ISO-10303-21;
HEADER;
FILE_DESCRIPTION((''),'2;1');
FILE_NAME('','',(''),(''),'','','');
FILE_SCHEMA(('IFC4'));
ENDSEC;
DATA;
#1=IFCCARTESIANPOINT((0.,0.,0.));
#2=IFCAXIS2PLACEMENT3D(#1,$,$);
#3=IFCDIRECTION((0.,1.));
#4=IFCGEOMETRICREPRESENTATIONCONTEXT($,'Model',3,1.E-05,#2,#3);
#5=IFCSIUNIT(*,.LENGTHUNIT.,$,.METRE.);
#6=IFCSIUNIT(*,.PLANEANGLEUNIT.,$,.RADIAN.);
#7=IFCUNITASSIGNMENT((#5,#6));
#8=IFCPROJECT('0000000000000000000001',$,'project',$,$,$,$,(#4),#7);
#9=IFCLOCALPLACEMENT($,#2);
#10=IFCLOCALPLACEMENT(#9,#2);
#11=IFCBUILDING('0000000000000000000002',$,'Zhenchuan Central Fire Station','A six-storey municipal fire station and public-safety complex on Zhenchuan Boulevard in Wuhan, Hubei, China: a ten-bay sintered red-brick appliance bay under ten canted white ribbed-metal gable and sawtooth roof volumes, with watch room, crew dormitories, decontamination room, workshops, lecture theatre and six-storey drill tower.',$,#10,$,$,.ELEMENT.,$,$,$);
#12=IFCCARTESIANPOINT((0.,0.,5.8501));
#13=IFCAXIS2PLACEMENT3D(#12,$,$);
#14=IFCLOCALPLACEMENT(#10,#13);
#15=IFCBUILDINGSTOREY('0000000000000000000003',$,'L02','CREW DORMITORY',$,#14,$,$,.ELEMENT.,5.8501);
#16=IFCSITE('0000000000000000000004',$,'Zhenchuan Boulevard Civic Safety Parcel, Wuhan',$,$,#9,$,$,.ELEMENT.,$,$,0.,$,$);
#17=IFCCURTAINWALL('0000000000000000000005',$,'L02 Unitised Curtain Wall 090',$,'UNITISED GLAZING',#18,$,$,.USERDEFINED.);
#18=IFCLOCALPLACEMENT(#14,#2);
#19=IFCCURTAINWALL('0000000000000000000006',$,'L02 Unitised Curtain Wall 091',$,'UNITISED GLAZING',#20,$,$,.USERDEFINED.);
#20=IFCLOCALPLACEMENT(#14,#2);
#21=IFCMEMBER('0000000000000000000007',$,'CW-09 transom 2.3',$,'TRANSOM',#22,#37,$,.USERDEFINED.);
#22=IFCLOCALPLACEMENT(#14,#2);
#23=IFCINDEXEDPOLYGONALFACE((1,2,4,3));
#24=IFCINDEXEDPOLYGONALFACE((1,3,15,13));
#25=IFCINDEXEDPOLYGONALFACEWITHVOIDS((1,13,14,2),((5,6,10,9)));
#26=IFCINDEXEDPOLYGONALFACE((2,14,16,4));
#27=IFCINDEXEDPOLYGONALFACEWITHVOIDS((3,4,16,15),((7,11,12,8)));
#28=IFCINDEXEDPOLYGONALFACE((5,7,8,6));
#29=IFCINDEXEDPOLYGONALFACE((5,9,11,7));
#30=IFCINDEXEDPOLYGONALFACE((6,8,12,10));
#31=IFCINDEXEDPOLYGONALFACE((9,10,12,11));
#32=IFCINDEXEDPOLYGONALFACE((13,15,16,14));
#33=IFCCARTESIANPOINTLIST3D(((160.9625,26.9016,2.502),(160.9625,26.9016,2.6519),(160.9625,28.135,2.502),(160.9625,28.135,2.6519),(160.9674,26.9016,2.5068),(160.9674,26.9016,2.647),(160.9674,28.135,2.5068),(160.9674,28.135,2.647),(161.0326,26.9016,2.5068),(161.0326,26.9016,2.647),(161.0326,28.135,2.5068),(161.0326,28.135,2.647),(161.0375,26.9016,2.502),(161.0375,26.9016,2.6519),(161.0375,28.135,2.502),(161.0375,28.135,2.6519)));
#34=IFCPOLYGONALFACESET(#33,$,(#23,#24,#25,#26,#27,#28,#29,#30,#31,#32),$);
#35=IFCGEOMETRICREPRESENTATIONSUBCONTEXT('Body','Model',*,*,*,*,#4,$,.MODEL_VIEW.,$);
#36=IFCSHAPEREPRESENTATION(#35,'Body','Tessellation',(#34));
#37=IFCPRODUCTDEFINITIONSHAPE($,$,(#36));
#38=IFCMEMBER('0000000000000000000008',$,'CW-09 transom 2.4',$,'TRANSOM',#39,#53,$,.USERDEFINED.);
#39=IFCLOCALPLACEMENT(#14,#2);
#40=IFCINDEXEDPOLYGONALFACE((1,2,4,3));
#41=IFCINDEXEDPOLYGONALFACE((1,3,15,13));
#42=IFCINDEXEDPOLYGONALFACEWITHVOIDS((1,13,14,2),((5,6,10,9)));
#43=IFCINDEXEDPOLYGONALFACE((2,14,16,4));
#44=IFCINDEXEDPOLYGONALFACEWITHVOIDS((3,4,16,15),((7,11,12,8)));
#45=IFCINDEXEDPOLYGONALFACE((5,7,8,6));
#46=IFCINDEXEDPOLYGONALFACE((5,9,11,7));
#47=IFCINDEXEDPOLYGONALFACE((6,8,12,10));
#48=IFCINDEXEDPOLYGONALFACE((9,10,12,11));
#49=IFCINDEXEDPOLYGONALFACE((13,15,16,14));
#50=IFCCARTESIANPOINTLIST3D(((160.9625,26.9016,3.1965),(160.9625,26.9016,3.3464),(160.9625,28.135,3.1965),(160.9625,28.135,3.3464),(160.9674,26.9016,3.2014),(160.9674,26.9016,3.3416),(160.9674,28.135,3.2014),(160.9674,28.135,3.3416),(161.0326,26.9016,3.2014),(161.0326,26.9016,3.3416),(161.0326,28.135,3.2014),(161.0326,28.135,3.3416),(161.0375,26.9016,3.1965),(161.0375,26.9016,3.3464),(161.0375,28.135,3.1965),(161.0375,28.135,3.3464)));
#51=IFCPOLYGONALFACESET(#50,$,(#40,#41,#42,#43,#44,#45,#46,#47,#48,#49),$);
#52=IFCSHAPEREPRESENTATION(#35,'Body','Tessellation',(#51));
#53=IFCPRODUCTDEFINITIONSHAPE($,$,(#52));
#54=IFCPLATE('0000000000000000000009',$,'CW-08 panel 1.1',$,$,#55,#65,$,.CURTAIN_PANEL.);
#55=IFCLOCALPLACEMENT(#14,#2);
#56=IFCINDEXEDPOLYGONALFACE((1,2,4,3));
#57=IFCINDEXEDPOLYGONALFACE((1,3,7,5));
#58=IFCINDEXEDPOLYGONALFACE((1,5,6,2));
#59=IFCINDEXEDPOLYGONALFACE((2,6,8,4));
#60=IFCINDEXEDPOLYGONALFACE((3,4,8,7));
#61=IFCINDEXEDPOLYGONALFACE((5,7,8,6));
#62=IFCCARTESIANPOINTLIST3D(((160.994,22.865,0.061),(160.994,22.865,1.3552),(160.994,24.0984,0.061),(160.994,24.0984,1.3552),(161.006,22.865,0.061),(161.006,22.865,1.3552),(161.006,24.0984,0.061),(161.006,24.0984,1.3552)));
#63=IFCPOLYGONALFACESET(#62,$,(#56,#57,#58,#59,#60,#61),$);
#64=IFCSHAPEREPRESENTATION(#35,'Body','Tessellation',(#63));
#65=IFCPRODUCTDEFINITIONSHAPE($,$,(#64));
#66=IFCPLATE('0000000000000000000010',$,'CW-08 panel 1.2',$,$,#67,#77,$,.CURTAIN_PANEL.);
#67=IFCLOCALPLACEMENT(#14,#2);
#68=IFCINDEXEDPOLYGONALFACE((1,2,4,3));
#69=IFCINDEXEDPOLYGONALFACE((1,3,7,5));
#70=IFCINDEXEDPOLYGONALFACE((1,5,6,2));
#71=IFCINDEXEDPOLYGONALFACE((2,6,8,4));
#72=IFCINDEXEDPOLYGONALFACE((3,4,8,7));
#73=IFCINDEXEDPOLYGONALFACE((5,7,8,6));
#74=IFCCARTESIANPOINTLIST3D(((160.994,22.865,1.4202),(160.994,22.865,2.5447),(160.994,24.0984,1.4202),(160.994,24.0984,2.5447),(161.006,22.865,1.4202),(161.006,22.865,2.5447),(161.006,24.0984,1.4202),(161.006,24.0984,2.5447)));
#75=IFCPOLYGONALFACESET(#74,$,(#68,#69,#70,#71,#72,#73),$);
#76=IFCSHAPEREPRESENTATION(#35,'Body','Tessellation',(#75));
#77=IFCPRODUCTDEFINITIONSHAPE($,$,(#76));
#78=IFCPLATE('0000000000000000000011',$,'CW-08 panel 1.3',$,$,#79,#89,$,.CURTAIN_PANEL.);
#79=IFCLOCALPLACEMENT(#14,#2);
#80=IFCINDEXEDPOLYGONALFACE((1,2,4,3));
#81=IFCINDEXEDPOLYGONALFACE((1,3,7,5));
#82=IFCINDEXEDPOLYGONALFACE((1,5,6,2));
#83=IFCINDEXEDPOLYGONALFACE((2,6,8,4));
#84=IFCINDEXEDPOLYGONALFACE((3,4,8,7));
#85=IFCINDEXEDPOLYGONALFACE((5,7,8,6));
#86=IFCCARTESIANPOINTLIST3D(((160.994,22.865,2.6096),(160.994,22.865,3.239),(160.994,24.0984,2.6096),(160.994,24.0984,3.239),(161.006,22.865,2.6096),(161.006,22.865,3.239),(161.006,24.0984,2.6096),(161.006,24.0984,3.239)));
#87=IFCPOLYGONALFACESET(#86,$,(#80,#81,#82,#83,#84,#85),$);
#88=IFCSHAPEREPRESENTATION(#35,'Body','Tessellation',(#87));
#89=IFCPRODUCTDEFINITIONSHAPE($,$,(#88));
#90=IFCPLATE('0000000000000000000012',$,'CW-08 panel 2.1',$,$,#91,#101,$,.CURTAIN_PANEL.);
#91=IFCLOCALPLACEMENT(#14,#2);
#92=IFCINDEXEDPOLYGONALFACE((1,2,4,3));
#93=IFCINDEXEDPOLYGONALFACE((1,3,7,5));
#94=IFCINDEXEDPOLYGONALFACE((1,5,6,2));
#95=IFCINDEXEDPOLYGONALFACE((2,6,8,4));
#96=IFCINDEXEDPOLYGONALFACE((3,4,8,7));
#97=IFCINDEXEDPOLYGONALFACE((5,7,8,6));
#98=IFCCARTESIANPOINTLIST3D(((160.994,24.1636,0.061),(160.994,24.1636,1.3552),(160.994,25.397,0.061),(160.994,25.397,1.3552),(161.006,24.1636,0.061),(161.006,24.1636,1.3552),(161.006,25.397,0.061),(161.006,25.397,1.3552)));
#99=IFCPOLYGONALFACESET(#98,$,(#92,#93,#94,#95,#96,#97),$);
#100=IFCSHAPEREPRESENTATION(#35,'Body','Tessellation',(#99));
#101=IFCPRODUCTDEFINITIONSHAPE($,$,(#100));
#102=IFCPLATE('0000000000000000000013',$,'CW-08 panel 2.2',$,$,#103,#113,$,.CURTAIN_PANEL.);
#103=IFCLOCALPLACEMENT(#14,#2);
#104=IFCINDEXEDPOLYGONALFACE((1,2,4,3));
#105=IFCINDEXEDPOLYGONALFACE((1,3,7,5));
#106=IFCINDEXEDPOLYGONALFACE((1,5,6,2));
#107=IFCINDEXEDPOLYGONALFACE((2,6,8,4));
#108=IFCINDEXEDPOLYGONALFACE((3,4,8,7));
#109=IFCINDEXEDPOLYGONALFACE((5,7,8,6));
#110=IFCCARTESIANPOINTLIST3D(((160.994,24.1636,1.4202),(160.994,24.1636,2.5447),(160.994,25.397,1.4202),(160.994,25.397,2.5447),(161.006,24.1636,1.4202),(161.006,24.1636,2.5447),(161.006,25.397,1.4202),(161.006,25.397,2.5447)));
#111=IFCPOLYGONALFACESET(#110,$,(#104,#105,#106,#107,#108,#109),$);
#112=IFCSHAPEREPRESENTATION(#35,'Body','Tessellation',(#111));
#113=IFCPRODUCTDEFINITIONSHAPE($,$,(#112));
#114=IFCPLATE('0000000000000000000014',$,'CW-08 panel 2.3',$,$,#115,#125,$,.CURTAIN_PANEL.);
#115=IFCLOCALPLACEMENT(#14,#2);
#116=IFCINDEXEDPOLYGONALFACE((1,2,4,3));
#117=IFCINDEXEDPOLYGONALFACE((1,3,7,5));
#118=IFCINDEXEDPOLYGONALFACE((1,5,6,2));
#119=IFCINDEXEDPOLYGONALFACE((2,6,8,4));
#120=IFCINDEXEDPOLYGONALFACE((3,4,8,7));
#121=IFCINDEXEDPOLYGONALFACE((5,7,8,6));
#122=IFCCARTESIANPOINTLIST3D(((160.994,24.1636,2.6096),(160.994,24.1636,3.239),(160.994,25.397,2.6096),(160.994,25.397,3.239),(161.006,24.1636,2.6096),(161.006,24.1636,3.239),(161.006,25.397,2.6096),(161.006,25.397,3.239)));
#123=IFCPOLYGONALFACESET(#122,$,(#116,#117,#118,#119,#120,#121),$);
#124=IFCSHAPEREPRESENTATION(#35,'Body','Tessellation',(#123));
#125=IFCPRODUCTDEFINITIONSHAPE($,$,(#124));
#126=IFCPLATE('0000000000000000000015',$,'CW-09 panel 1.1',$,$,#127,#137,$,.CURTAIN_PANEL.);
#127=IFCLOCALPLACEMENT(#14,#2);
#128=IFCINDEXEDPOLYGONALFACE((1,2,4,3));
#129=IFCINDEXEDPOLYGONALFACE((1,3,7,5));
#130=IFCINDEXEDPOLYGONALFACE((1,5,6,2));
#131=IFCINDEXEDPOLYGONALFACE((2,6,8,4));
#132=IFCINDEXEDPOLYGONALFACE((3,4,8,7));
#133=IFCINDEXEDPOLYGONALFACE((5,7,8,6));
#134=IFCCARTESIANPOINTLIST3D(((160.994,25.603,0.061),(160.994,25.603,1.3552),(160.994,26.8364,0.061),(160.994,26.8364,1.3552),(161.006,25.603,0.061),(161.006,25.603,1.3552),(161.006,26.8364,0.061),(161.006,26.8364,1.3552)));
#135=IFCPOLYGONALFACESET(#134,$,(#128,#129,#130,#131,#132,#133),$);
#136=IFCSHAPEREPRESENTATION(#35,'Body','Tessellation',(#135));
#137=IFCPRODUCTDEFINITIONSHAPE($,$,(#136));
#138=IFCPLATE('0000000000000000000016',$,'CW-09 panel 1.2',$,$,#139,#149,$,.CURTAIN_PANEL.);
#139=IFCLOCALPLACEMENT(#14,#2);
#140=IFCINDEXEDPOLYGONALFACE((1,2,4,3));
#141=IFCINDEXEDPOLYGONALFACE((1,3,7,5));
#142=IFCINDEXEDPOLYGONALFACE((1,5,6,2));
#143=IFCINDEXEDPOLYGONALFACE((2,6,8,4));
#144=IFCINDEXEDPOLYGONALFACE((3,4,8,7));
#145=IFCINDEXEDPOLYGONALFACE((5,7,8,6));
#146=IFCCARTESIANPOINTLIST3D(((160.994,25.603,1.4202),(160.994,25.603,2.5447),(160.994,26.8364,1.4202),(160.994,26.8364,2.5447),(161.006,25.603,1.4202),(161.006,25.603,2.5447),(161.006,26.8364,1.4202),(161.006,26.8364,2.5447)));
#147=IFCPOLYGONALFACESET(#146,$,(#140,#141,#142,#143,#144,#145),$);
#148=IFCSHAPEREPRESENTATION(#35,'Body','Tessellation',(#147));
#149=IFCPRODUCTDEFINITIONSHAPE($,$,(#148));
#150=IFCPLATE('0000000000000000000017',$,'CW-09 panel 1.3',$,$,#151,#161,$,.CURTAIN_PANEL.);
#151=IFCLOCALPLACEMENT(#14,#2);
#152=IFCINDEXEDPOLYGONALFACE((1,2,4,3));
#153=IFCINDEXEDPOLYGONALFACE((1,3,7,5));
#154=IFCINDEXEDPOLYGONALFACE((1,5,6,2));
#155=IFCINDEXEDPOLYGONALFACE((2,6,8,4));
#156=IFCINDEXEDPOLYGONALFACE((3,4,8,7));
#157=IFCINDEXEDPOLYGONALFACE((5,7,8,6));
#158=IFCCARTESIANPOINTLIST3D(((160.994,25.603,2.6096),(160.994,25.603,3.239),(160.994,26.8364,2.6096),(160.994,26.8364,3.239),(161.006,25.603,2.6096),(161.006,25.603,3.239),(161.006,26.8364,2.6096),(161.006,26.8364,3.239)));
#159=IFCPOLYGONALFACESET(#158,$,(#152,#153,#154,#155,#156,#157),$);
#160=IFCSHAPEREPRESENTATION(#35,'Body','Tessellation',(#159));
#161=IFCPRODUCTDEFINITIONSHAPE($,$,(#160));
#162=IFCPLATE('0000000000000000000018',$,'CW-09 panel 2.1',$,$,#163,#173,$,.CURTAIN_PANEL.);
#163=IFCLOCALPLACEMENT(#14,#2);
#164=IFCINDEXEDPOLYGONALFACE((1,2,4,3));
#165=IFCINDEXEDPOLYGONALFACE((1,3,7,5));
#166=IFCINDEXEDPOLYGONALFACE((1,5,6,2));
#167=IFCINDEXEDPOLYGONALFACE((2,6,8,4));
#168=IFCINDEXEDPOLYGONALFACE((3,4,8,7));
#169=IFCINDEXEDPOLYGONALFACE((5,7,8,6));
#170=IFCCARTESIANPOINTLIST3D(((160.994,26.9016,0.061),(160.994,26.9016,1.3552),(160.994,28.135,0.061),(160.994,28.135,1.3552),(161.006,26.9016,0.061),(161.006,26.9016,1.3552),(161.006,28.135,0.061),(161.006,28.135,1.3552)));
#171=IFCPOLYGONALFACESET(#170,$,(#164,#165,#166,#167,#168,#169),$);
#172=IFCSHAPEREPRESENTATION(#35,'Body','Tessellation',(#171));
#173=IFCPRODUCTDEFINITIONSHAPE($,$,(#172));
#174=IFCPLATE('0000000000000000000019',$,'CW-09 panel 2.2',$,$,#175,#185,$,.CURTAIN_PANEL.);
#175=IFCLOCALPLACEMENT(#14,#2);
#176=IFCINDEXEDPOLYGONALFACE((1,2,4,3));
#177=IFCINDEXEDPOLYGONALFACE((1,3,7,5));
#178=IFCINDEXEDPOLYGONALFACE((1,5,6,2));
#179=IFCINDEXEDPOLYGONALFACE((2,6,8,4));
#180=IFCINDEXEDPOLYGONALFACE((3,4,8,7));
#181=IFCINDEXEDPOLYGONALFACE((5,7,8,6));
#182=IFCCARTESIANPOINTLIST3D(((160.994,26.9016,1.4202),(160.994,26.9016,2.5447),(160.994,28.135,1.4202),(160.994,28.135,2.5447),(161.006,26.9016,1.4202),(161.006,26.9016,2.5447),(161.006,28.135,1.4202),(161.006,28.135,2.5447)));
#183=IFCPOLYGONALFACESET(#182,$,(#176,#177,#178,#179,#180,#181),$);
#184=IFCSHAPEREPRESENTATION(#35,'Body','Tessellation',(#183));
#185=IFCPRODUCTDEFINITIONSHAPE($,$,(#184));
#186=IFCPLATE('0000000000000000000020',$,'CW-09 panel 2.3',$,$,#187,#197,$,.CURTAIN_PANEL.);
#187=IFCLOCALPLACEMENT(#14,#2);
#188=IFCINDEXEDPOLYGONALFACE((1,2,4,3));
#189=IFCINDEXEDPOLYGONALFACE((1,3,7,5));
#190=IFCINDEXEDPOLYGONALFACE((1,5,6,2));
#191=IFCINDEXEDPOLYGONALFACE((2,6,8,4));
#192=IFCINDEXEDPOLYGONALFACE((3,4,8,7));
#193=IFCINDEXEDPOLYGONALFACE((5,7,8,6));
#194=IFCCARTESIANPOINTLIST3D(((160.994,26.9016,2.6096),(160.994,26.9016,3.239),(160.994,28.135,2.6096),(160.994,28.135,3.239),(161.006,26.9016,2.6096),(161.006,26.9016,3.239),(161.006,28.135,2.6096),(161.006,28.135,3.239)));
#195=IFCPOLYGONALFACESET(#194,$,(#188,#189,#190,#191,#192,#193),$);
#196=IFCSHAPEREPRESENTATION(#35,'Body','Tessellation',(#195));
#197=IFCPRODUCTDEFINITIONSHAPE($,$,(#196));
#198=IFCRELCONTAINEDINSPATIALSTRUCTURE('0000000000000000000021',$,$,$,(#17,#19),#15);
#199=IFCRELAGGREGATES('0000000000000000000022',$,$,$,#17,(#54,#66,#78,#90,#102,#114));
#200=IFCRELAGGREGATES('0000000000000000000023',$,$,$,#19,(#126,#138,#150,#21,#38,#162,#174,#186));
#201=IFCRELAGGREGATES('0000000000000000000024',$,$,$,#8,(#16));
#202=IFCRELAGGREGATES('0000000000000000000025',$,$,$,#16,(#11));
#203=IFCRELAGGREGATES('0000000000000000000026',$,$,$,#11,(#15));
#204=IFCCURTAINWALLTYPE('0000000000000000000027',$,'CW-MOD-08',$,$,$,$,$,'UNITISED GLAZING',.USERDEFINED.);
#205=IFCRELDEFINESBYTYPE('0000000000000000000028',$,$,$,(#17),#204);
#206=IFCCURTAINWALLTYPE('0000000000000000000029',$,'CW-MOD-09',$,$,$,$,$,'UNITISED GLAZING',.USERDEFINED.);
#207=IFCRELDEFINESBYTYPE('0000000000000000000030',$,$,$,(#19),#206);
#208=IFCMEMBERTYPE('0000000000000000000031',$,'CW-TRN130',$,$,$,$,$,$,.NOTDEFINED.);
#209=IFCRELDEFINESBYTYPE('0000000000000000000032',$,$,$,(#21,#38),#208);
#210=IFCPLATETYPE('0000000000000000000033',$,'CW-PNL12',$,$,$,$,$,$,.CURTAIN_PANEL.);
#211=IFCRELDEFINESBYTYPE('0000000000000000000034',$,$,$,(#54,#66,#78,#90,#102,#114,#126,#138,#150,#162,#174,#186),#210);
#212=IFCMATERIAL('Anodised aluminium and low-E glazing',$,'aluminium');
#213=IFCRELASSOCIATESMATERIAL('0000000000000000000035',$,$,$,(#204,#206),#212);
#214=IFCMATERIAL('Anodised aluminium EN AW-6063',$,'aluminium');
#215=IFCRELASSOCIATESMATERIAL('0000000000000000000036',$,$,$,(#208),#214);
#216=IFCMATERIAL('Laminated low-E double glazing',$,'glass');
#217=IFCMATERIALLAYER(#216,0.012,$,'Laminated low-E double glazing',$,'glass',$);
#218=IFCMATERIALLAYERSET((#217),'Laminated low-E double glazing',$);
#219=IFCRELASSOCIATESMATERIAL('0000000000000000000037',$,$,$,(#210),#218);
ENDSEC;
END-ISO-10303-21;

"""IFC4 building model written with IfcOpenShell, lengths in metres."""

from ifc_helpers import new_model, si_unit, direction, frame, origin, origin_2d, place, context, subcontext, project, spatial, rectangle, hollow_rectangle, extrude, material, layer, layer_set, material_profile, profile_set, type_object, element, aggregate, save


model = new_model("IFC4")

# Units and contexts
model_context = context("Model", 3, precision=1e-05, world=origin(), true_north=direction((0.0, 1.0)))
body_context = subcontext(model_context, "Body", "Model", "MODEL_VIEW")
ifc_project = project(units=[si_unit("LENGTHUNIT", "METRE"), si_unit("PLANEANGLEUNIT", "RADIAN")], contexts=[model_context])

# Site, building, storey
site_placement = place(None, origin())
site = spatial("IfcSite", under=ifc_project, at=site_placement, Name="Zhenchuan Boulevard Civic Safety Parcel, Wuhan", CompositionType="ELEMENT", RefElevation=0.0)
building_placement = place(site_placement, origin())
building = spatial("IfcBuilding", under=site, at=building_placement, Name="Zhenchuan Central Fire Station", Description="A six-storey municipal fire station and public-safety complex on Zhenchuan Boulevard in Wuhan, Hubei, China: a ten-bay sintered red-brick appliance bay under ten canted white ribbed-metal gable and sawtooth roof volumes, with watch room, crew dormitories, decontamination room, workshops, lecture theatre and six-storey drill tower.", CompositionType="ELEMENT")
storey_placement = place(building_placement, frame((0.0, 0.0, 5.8501)))
storey = spatial("IfcBuildingStorey", under=building, at=storey_placement, Name="L02", Description="CREW DORMITORY", CompositionType="ELEMENT", Elevation=5.8501)

# Curtain walls
ifc_material_1 = material(Name="Anodised aluminium and low-E glazing", Category="aluminium")
curtain_wall_type_1 = type_object("IfcCurtainWallType", Name="CW-MOD-08", ElementType="UNITISED GLAZING", PredefinedType="USERDEFINED", material=ifc_material_1)
curtain_wall_1_placement = place(storey_placement, origin())
curtain_wall_1 = element("IfcCurtainWall", 1, at=curtain_wall_1_placement, inside=storey, type_object=curtain_wall_type_1, Name="L02 Unitised Curtain Wall 090", ObjectType="UNITISED GLAZING", PredefinedType="USERDEFINED")
ifc_material_2 = material(Name="Anodised aluminium EN AW-6063", Category="aluminium")
curtain_wall_type_2 = type_object("IfcCurtainWallType", Name="CW-MOD-09", ElementType="UNITISED GLAZING", PredefinedType="USERDEFINED", material=ifc_material_1)
curtain_wall_2_placement = place(storey_placement, origin())
curtain_wall_2 = element("IfcCurtainWall", 2, at=curtain_wall_2_placement, inside=storey, type_object=curtain_wall_type_2, Name="L02 Unitised Curtain Wall 091", ObjectType="UNITISED GLAZING", PredefinedType="USERDEFINED")

# Members
ifc_material_profile_1 = material_profile(ifc_material_2, hollow_rectangle(XDim=0.075, YDim=0.1499, WallThickness=0.0049, at=origin_2d()), Name="ALU-T 150x75")
ifc_profile_set_1 = profile_set([ifc_material_profile_1], Name="Anodised aluminium EN AW-6063")
member_type_1 = type_object("IfcMemberType", Name="CW-TRN130", PredefinedType="NOTDEFINED", material=ifc_profile_set_1)
member_1_placement = place(storey_placement, frame((161.0, 26.9016, 2.5769), z_axis=(0.0, 1.0, 0.0), x_axis=(-1.0, 0.0, 0.0)))
member_1 = element("IfcMember", 3, at=member_1_placement, type_object=member_type_1, Name="CW-09 transom 2.3", ObjectType="TRANSOM", PredefinedType="USERDEFINED", context=body_context, shape_type="SweptSolid", body=[
    extrude(hollow_rectangle(XDim=0.075, YDim=0.1499, WallThickness=0.0049, at=origin_2d()), origin(), (0.0, 0.0, 1.0), 1.2334),
])
member_2_placement = place(storey_placement, frame((161.0, 26.9016, 3.2715), z_axis=(0.0, 1.0, 0.0), x_axis=(-1.0, 0.0, 0.0)))
member_2 = element("IfcMember", 4, at=member_2_placement, type_object=member_type_1, Name="CW-09 transom 2.4", ObjectType="TRANSOM", PredefinedType="USERDEFINED", context=body_context, shape_type="SweptSolid", body=[
    extrude(hollow_rectangle(XDim=0.075, YDim=0.1499, WallThickness=0.0049, at=origin_2d()), origin(), (0.0, 0.0, 1.0), 1.2334),
])

# Plates
ifc_material_3 = material(Name="Laminated low-E double glazing", Category="glass")
ifc_layer_1 = layer(ifc_material_3, 0.012, Name="Laminated low-E double glazing", Category="glass")
ifc_layer_set_1 = layer_set([ifc_layer_1], Name="Laminated low-E double glazing")
plate_type = type_object("IfcPlateType", Name="CW-PNL12", PredefinedType="CURTAIN_PANEL", material=ifc_layer_set_1)
plate_1_placement = place(storey_placement, frame((161.0, 23.4817, 0.061), z_axis=(0.0, 0.0, 1.0), x_axis=(0.0, 1.0, 0.0)))
plate_1 = element("IfcPlate", 5, at=plate_1_placement, type_object=plate_type, Name="CW-08 panel 1.1", PredefinedType="CURTAIN_PANEL", context=body_context, shape_type="SweptSolid", body=[
    extrude(rectangle(XDim=1.2334, YDim=0.012, at=origin_2d()), origin(), (0.0, 0.0, 1.0), 1.2942),
])
plate_2_placement = place(storey_placement, frame((161.0, 23.4817, 1.4202), z_axis=(0.0, 0.0, 1.0), x_axis=(0.0, 1.0, 0.0)))
plate_2 = element("IfcPlate", 6, at=plate_2_placement, type_object=plate_type, Name="CW-08 panel 1.2", PredefinedType="CURTAIN_PANEL", context=body_context, shape_type="SweptSolid", body=[
    extrude(rectangle(XDim=1.2334, YDim=0.012, at=origin_2d()), origin(), (0.0, 0.0, 1.0), 1.1245),
])
plate_3_placement = place(storey_placement, frame((161.0, 23.4817, 2.6096), z_axis=(0.0, 0.0, 1.0), x_axis=(0.0, 1.0, 0.0)))
plate_3 = element("IfcPlate", 7, at=plate_3_placement, type_object=plate_type, Name="CW-08 panel 1.3", PredefinedType="CURTAIN_PANEL", context=body_context, shape_type="SweptSolid", body=[
    extrude(rectangle(XDim=1.2334, YDim=0.012, at=origin_2d()), origin(), (0.0, 0.0, 1.0), 0.6294),
])
plate_4_placement = place(storey_placement, frame((161.0, 24.7803, 0.061), z_axis=(0.0, 0.0, 1.0), x_axis=(0.0, 1.0, 0.0)))
plate_4 = element("IfcPlate", 8, at=plate_4_placement, type_object=plate_type, Name="CW-08 panel 2.1", PredefinedType="CURTAIN_PANEL", context=body_context, shape_type="SweptSolid", body=[
    extrude(rectangle(XDim=1.2334, YDim=0.012, at=origin_2d()), origin(), (0.0, 0.0, 1.0), 1.2942),
])
plate_5_placement = place(storey_placement, frame((161.0, 24.7803, 1.4202), z_axis=(0.0, 0.0, 1.0), x_axis=(0.0, 1.0, 0.0)))
plate_5 = element("IfcPlate", 9, at=plate_5_placement, type_object=plate_type, Name="CW-08 panel 2.2", PredefinedType="CURTAIN_PANEL", context=body_context, shape_type="SweptSolid", body=[
    extrude(rectangle(XDim=1.2334, YDim=0.012, at=origin_2d()), origin(), (0.0, 0.0, 1.0), 1.1245),
])
plate_6_placement = place(storey_placement, frame((161.0, 24.7803, 2.6096), z_axis=(0.0, 0.0, 1.0), x_axis=(0.0, 1.0, 0.0)))
plate_6 = element("IfcPlate", 10, at=plate_6_placement, type_object=plate_type, Name="CW-08 panel 2.3", PredefinedType="CURTAIN_PANEL", context=body_context, shape_type="SweptSolid", body=[
    extrude(rectangle(XDim=1.2334, YDim=0.012, at=origin_2d()), origin(), (0.0, 0.0, 1.0), 0.6294),
])
aggregate(curtain_wall_1, [plate_1, plate_2, plate_3, plate_4, plate_5, plate_6])
plate_7_placement = place(storey_placement, frame((161.0, 26.2197, 0.061), z_axis=(0.0, 0.0, 1.0), x_axis=(0.0, 1.0, 0.0)))
plate_7 = element("IfcPlate", 11, at=plate_7_placement, type_object=plate_type, Name="CW-09 panel 1.1", PredefinedType="CURTAIN_PANEL", context=body_context, shape_type="SweptSolid", body=[
    extrude(rectangle(XDim=1.2334, YDim=0.012, at=origin_2d()), origin(), (0.0, 0.0, 1.0), 1.2942),
])
plate_8_placement = place(storey_placement, frame((161.0, 26.2197, 1.4202), z_axis=(0.0, 0.0, 1.0), x_axis=(0.0, 1.0, 0.0)))
plate_8 = element("IfcPlate", 12, at=plate_8_placement, type_object=plate_type, Name="CW-09 panel 1.2", PredefinedType="CURTAIN_PANEL", context=body_context, shape_type="SweptSolid", body=[
    extrude(rectangle(XDim=1.2334, YDim=0.012, at=origin_2d()), origin(), (0.0, 0.0, 1.0), 1.1245),
])
plate_9_placement = place(storey_placement, frame((161.0, 26.2197, 2.6096), z_axis=(0.0, 0.0, 1.0), x_axis=(0.0, 1.0, 0.0)))
plate_9 = element("IfcPlate", 13, at=plate_9_placement, type_object=plate_type, Name="CW-09 panel 1.3", PredefinedType="CURTAIN_PANEL", context=body_context, shape_type="SweptSolid", body=[
    extrude(rectangle(XDim=1.2334, YDim=0.012, at=origin_2d()), origin(), (0.0, 0.0, 1.0), 0.6294),
])
plate_10_placement = place(storey_placement, frame((161.0, 27.5183, 0.061), z_axis=(0.0, 0.0, 1.0), x_axis=(0.0, 1.0, 0.0)))
plate_10 = element("IfcPlate", 14, at=plate_10_placement, type_object=plate_type, Name="CW-09 panel 2.1", PredefinedType="CURTAIN_PANEL", context=body_context, shape_type="SweptSolid", body=[
    extrude(rectangle(XDim=1.2334, YDim=0.012, at=origin_2d()), origin(), (0.0, 0.0, 1.0), 1.2942),
])
plate_11_placement = place(storey_placement, frame((161.0, 27.5183, 1.4202), z_axis=(0.0, 0.0, 1.0), x_axis=(0.0, 1.0, 0.0)))
plate_11 = element("IfcPlate", 15, at=plate_11_placement, type_object=plate_type, Name="CW-09 panel 2.2", PredefinedType="CURTAIN_PANEL", context=body_context, shape_type="SweptSolid", body=[
    extrude(rectangle(XDim=1.2334, YDim=0.012, at=origin_2d()), origin(), (0.0, 0.0, 1.0), 1.1245),
])
plate_12_placement = place(storey_placement, frame((161.0, 27.5183, 2.6096), z_axis=(0.0, 0.0, 1.0), x_axis=(0.0, 1.0, 0.0)))
plate_12 = element("IfcPlate", 16, at=plate_12_placement, type_object=plate_type, Name="CW-09 panel 2.3", PredefinedType="CURTAIN_PANEL", context=body_context, shape_type="SweptSolid", body=[
    extrude(rectangle(XDim=1.2334, YDim=0.012, at=origin_2d()), origin(), (0.0, 0.0, 1.0), 0.6294),
])
aggregate(curtain_wall_2, [plate_7, plate_8, plate_9, member_1, member_2, plate_10, plate_11, plate_12])

save(model, "model.ifc")
